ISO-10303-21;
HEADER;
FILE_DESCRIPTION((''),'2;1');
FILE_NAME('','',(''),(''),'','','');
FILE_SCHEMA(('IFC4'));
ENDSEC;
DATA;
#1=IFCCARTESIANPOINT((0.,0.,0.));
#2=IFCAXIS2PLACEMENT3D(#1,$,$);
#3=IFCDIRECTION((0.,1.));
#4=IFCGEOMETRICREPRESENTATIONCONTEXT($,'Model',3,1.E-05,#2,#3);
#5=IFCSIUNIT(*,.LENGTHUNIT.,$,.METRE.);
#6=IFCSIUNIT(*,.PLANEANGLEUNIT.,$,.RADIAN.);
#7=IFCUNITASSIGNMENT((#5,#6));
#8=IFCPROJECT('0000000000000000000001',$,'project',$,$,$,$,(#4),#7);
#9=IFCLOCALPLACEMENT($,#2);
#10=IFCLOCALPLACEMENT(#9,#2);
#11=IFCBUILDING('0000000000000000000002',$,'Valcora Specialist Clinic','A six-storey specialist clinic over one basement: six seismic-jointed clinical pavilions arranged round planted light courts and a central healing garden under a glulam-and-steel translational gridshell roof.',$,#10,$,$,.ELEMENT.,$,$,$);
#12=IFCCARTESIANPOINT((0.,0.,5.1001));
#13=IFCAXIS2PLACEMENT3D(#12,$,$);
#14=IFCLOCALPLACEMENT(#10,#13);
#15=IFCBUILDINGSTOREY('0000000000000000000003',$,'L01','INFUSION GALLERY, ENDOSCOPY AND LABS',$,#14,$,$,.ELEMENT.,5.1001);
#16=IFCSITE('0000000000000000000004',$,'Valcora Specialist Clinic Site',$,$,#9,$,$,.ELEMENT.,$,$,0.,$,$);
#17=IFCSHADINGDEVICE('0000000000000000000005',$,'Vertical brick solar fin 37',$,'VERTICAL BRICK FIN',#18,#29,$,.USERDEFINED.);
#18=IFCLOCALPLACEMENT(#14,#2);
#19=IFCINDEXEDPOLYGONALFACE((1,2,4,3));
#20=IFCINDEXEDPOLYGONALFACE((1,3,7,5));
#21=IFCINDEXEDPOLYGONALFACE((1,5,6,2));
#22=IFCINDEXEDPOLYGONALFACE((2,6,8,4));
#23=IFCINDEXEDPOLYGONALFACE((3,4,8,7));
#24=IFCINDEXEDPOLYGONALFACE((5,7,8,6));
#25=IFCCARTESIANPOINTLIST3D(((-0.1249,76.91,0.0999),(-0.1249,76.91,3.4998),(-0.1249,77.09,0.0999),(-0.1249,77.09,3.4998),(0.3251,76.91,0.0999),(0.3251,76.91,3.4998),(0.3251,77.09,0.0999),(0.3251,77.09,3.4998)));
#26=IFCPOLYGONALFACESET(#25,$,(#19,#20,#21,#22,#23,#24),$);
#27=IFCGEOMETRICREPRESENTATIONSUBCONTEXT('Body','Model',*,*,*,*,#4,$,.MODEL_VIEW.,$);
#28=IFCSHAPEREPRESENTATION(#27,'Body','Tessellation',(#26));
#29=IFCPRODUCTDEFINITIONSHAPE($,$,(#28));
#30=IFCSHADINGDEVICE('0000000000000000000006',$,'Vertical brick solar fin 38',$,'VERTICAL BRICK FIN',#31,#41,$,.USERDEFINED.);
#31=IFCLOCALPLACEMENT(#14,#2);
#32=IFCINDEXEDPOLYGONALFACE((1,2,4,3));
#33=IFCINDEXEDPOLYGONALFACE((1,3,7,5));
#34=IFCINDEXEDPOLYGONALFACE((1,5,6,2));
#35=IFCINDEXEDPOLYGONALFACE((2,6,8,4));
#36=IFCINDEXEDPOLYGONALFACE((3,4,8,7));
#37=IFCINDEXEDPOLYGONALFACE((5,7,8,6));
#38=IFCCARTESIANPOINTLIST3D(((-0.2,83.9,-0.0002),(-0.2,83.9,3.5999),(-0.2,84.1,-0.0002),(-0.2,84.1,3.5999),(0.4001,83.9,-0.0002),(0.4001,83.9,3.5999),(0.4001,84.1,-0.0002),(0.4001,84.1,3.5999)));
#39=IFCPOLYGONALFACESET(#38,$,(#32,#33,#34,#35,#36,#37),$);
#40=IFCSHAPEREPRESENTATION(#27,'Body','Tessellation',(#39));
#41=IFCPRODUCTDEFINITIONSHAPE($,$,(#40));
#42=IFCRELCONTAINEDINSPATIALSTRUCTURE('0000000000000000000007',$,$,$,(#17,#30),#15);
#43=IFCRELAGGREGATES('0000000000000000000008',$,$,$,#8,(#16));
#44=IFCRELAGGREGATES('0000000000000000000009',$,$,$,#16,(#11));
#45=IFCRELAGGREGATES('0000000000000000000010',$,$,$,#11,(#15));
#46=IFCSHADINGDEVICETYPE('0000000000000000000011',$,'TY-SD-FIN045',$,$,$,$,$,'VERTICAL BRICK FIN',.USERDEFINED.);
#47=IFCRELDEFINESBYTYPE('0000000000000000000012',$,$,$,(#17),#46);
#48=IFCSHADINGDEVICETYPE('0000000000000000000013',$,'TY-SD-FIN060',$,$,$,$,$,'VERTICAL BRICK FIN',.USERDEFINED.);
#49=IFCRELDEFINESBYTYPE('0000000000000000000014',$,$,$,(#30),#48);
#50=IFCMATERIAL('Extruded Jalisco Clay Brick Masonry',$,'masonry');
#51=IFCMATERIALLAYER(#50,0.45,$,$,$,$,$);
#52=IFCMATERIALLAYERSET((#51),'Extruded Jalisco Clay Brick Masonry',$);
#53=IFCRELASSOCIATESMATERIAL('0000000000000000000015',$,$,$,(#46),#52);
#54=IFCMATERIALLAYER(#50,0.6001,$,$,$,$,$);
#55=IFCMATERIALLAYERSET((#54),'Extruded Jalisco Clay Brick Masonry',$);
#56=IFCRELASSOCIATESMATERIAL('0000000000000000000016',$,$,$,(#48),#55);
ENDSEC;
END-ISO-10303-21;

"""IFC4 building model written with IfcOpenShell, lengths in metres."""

from ifc_helpers import new_model, si_unit, direction, frame, origin, origin_2d, place, context, subcontext, project, spatial, rectangle, extrude, material, layer, layer_set, type_object, element, save


model = new_model("IFC4")

# Units and contexts
model_context = context("Model", 3, precision=1e-05, world=origin(), true_north=direction((0.0, 1.0)))
body_context = subcontext(model_context, "Body", "Model", "MODEL_VIEW")
ifc_project = project(units=[si_unit("LENGTHUNIT", "METRE"), si_unit("PLANEANGLEUNIT", "RADIAN")], contexts=[model_context])

# Site, building, storey
site_placement = place(None, origin())
site = spatial("IfcSite", under=ifc_project, at=site_placement, Name="Valcora Specialist Clinic Site", CompositionType="ELEMENT", RefElevation=0.0)
building_placement = place(site_placement, origin())
building = spatial("IfcBuilding", under=site, at=building_placement, Name="Valcora Specialist Clinic", Description="A six-storey specialist clinic over one basement: six seismic-jointed clinical pavilions arranged round planted light courts and a central healing garden under a glulam-and-steel translational gridshell roof.", CompositionType="ELEMENT")
storey_placement = place(building_placement, frame((0.0, 0.0, 5.1001)))
storey = spatial("IfcBuildingStorey", under=building, at=storey_placement, Name="L01", Description="INFUSION GALLERY, ENDOSCOPY AND LABS", CompositionType="ELEMENT", Elevation=5.1001)

# Shared definitions
ifc_material_1 = material(Name="Extruded Jalisco Clay Brick Masonry", Category="masonry")

# Shading devices
ifc_layer_1 = layer(ifc_material_1, 0.45)
ifc_layer_set_1 = layer_set([ifc_layer_1], Name="Extruded Jalisco Clay Brick Masonry")
shading_device_type_1 = type_object("IfcShadingDeviceType", Name="TY-SD-FIN045", ElementType="VERTICAL BRICK FIN", PredefinedType="USERDEFINED", material=ifc_layer_set_1)
shading_device_1_placement = place(storey_placement, frame((0.1001, 77.0, 0.0999), z_axis=(0.0, 0.0, 1.0), x_axis=(1.0, 0.0, 0.0)))
element("IfcShadingDevice", 1, at=shading_device_1_placement, inside=storey, type_object=shading_device_type_1, Name="Vertical brick solar fin 37", ObjectType="VERTICAL BRICK FIN", PredefinedType="USERDEFINED", context=body_context, shape_type="SweptSolid", body=[
    extrude(rectangle(XDim=0.45, YDim=0.1799, at=origin_2d()), origin(), (0.0, 0.0, 1.0), 3.3999),
])
ifc_layer_2 = layer(ifc_material_1, 0.6001)
ifc_layer_set_2 = layer_set([ifc_layer_2], Name="Extruded Jalisco Clay Brick Masonry")
shading_device_type_2 = type_object("IfcShadingDeviceType", Name="TY-SD-FIN060", ElementType="VERTICAL BRICK FIN", PredefinedType="USERDEFINED", material=ifc_layer_set_2)
shading_device_2_placement = place(storey_placement, frame((0.1001, 84.0, -0.0002), z_axis=(0.0, 0.0, 1.0), x_axis=(1.0, 0.0, 0.0)))
element("IfcShadingDevice", 2, at=shading_device_2_placement, inside=storey, type_object=shading_device_type_2, Name="Vertical brick solar fin 38", ObjectType="VERTICAL BRICK FIN", PredefinedType="USERDEFINED", context=body_context, shape_type="SweptSolid", body=[
    extrude(rectangle(XDim=0.6001, YDim=0.2, at=origin_2d()), origin(), (0.0, 0.0, 1.0), 3.6001),
])

save(model, "model.ifc")
